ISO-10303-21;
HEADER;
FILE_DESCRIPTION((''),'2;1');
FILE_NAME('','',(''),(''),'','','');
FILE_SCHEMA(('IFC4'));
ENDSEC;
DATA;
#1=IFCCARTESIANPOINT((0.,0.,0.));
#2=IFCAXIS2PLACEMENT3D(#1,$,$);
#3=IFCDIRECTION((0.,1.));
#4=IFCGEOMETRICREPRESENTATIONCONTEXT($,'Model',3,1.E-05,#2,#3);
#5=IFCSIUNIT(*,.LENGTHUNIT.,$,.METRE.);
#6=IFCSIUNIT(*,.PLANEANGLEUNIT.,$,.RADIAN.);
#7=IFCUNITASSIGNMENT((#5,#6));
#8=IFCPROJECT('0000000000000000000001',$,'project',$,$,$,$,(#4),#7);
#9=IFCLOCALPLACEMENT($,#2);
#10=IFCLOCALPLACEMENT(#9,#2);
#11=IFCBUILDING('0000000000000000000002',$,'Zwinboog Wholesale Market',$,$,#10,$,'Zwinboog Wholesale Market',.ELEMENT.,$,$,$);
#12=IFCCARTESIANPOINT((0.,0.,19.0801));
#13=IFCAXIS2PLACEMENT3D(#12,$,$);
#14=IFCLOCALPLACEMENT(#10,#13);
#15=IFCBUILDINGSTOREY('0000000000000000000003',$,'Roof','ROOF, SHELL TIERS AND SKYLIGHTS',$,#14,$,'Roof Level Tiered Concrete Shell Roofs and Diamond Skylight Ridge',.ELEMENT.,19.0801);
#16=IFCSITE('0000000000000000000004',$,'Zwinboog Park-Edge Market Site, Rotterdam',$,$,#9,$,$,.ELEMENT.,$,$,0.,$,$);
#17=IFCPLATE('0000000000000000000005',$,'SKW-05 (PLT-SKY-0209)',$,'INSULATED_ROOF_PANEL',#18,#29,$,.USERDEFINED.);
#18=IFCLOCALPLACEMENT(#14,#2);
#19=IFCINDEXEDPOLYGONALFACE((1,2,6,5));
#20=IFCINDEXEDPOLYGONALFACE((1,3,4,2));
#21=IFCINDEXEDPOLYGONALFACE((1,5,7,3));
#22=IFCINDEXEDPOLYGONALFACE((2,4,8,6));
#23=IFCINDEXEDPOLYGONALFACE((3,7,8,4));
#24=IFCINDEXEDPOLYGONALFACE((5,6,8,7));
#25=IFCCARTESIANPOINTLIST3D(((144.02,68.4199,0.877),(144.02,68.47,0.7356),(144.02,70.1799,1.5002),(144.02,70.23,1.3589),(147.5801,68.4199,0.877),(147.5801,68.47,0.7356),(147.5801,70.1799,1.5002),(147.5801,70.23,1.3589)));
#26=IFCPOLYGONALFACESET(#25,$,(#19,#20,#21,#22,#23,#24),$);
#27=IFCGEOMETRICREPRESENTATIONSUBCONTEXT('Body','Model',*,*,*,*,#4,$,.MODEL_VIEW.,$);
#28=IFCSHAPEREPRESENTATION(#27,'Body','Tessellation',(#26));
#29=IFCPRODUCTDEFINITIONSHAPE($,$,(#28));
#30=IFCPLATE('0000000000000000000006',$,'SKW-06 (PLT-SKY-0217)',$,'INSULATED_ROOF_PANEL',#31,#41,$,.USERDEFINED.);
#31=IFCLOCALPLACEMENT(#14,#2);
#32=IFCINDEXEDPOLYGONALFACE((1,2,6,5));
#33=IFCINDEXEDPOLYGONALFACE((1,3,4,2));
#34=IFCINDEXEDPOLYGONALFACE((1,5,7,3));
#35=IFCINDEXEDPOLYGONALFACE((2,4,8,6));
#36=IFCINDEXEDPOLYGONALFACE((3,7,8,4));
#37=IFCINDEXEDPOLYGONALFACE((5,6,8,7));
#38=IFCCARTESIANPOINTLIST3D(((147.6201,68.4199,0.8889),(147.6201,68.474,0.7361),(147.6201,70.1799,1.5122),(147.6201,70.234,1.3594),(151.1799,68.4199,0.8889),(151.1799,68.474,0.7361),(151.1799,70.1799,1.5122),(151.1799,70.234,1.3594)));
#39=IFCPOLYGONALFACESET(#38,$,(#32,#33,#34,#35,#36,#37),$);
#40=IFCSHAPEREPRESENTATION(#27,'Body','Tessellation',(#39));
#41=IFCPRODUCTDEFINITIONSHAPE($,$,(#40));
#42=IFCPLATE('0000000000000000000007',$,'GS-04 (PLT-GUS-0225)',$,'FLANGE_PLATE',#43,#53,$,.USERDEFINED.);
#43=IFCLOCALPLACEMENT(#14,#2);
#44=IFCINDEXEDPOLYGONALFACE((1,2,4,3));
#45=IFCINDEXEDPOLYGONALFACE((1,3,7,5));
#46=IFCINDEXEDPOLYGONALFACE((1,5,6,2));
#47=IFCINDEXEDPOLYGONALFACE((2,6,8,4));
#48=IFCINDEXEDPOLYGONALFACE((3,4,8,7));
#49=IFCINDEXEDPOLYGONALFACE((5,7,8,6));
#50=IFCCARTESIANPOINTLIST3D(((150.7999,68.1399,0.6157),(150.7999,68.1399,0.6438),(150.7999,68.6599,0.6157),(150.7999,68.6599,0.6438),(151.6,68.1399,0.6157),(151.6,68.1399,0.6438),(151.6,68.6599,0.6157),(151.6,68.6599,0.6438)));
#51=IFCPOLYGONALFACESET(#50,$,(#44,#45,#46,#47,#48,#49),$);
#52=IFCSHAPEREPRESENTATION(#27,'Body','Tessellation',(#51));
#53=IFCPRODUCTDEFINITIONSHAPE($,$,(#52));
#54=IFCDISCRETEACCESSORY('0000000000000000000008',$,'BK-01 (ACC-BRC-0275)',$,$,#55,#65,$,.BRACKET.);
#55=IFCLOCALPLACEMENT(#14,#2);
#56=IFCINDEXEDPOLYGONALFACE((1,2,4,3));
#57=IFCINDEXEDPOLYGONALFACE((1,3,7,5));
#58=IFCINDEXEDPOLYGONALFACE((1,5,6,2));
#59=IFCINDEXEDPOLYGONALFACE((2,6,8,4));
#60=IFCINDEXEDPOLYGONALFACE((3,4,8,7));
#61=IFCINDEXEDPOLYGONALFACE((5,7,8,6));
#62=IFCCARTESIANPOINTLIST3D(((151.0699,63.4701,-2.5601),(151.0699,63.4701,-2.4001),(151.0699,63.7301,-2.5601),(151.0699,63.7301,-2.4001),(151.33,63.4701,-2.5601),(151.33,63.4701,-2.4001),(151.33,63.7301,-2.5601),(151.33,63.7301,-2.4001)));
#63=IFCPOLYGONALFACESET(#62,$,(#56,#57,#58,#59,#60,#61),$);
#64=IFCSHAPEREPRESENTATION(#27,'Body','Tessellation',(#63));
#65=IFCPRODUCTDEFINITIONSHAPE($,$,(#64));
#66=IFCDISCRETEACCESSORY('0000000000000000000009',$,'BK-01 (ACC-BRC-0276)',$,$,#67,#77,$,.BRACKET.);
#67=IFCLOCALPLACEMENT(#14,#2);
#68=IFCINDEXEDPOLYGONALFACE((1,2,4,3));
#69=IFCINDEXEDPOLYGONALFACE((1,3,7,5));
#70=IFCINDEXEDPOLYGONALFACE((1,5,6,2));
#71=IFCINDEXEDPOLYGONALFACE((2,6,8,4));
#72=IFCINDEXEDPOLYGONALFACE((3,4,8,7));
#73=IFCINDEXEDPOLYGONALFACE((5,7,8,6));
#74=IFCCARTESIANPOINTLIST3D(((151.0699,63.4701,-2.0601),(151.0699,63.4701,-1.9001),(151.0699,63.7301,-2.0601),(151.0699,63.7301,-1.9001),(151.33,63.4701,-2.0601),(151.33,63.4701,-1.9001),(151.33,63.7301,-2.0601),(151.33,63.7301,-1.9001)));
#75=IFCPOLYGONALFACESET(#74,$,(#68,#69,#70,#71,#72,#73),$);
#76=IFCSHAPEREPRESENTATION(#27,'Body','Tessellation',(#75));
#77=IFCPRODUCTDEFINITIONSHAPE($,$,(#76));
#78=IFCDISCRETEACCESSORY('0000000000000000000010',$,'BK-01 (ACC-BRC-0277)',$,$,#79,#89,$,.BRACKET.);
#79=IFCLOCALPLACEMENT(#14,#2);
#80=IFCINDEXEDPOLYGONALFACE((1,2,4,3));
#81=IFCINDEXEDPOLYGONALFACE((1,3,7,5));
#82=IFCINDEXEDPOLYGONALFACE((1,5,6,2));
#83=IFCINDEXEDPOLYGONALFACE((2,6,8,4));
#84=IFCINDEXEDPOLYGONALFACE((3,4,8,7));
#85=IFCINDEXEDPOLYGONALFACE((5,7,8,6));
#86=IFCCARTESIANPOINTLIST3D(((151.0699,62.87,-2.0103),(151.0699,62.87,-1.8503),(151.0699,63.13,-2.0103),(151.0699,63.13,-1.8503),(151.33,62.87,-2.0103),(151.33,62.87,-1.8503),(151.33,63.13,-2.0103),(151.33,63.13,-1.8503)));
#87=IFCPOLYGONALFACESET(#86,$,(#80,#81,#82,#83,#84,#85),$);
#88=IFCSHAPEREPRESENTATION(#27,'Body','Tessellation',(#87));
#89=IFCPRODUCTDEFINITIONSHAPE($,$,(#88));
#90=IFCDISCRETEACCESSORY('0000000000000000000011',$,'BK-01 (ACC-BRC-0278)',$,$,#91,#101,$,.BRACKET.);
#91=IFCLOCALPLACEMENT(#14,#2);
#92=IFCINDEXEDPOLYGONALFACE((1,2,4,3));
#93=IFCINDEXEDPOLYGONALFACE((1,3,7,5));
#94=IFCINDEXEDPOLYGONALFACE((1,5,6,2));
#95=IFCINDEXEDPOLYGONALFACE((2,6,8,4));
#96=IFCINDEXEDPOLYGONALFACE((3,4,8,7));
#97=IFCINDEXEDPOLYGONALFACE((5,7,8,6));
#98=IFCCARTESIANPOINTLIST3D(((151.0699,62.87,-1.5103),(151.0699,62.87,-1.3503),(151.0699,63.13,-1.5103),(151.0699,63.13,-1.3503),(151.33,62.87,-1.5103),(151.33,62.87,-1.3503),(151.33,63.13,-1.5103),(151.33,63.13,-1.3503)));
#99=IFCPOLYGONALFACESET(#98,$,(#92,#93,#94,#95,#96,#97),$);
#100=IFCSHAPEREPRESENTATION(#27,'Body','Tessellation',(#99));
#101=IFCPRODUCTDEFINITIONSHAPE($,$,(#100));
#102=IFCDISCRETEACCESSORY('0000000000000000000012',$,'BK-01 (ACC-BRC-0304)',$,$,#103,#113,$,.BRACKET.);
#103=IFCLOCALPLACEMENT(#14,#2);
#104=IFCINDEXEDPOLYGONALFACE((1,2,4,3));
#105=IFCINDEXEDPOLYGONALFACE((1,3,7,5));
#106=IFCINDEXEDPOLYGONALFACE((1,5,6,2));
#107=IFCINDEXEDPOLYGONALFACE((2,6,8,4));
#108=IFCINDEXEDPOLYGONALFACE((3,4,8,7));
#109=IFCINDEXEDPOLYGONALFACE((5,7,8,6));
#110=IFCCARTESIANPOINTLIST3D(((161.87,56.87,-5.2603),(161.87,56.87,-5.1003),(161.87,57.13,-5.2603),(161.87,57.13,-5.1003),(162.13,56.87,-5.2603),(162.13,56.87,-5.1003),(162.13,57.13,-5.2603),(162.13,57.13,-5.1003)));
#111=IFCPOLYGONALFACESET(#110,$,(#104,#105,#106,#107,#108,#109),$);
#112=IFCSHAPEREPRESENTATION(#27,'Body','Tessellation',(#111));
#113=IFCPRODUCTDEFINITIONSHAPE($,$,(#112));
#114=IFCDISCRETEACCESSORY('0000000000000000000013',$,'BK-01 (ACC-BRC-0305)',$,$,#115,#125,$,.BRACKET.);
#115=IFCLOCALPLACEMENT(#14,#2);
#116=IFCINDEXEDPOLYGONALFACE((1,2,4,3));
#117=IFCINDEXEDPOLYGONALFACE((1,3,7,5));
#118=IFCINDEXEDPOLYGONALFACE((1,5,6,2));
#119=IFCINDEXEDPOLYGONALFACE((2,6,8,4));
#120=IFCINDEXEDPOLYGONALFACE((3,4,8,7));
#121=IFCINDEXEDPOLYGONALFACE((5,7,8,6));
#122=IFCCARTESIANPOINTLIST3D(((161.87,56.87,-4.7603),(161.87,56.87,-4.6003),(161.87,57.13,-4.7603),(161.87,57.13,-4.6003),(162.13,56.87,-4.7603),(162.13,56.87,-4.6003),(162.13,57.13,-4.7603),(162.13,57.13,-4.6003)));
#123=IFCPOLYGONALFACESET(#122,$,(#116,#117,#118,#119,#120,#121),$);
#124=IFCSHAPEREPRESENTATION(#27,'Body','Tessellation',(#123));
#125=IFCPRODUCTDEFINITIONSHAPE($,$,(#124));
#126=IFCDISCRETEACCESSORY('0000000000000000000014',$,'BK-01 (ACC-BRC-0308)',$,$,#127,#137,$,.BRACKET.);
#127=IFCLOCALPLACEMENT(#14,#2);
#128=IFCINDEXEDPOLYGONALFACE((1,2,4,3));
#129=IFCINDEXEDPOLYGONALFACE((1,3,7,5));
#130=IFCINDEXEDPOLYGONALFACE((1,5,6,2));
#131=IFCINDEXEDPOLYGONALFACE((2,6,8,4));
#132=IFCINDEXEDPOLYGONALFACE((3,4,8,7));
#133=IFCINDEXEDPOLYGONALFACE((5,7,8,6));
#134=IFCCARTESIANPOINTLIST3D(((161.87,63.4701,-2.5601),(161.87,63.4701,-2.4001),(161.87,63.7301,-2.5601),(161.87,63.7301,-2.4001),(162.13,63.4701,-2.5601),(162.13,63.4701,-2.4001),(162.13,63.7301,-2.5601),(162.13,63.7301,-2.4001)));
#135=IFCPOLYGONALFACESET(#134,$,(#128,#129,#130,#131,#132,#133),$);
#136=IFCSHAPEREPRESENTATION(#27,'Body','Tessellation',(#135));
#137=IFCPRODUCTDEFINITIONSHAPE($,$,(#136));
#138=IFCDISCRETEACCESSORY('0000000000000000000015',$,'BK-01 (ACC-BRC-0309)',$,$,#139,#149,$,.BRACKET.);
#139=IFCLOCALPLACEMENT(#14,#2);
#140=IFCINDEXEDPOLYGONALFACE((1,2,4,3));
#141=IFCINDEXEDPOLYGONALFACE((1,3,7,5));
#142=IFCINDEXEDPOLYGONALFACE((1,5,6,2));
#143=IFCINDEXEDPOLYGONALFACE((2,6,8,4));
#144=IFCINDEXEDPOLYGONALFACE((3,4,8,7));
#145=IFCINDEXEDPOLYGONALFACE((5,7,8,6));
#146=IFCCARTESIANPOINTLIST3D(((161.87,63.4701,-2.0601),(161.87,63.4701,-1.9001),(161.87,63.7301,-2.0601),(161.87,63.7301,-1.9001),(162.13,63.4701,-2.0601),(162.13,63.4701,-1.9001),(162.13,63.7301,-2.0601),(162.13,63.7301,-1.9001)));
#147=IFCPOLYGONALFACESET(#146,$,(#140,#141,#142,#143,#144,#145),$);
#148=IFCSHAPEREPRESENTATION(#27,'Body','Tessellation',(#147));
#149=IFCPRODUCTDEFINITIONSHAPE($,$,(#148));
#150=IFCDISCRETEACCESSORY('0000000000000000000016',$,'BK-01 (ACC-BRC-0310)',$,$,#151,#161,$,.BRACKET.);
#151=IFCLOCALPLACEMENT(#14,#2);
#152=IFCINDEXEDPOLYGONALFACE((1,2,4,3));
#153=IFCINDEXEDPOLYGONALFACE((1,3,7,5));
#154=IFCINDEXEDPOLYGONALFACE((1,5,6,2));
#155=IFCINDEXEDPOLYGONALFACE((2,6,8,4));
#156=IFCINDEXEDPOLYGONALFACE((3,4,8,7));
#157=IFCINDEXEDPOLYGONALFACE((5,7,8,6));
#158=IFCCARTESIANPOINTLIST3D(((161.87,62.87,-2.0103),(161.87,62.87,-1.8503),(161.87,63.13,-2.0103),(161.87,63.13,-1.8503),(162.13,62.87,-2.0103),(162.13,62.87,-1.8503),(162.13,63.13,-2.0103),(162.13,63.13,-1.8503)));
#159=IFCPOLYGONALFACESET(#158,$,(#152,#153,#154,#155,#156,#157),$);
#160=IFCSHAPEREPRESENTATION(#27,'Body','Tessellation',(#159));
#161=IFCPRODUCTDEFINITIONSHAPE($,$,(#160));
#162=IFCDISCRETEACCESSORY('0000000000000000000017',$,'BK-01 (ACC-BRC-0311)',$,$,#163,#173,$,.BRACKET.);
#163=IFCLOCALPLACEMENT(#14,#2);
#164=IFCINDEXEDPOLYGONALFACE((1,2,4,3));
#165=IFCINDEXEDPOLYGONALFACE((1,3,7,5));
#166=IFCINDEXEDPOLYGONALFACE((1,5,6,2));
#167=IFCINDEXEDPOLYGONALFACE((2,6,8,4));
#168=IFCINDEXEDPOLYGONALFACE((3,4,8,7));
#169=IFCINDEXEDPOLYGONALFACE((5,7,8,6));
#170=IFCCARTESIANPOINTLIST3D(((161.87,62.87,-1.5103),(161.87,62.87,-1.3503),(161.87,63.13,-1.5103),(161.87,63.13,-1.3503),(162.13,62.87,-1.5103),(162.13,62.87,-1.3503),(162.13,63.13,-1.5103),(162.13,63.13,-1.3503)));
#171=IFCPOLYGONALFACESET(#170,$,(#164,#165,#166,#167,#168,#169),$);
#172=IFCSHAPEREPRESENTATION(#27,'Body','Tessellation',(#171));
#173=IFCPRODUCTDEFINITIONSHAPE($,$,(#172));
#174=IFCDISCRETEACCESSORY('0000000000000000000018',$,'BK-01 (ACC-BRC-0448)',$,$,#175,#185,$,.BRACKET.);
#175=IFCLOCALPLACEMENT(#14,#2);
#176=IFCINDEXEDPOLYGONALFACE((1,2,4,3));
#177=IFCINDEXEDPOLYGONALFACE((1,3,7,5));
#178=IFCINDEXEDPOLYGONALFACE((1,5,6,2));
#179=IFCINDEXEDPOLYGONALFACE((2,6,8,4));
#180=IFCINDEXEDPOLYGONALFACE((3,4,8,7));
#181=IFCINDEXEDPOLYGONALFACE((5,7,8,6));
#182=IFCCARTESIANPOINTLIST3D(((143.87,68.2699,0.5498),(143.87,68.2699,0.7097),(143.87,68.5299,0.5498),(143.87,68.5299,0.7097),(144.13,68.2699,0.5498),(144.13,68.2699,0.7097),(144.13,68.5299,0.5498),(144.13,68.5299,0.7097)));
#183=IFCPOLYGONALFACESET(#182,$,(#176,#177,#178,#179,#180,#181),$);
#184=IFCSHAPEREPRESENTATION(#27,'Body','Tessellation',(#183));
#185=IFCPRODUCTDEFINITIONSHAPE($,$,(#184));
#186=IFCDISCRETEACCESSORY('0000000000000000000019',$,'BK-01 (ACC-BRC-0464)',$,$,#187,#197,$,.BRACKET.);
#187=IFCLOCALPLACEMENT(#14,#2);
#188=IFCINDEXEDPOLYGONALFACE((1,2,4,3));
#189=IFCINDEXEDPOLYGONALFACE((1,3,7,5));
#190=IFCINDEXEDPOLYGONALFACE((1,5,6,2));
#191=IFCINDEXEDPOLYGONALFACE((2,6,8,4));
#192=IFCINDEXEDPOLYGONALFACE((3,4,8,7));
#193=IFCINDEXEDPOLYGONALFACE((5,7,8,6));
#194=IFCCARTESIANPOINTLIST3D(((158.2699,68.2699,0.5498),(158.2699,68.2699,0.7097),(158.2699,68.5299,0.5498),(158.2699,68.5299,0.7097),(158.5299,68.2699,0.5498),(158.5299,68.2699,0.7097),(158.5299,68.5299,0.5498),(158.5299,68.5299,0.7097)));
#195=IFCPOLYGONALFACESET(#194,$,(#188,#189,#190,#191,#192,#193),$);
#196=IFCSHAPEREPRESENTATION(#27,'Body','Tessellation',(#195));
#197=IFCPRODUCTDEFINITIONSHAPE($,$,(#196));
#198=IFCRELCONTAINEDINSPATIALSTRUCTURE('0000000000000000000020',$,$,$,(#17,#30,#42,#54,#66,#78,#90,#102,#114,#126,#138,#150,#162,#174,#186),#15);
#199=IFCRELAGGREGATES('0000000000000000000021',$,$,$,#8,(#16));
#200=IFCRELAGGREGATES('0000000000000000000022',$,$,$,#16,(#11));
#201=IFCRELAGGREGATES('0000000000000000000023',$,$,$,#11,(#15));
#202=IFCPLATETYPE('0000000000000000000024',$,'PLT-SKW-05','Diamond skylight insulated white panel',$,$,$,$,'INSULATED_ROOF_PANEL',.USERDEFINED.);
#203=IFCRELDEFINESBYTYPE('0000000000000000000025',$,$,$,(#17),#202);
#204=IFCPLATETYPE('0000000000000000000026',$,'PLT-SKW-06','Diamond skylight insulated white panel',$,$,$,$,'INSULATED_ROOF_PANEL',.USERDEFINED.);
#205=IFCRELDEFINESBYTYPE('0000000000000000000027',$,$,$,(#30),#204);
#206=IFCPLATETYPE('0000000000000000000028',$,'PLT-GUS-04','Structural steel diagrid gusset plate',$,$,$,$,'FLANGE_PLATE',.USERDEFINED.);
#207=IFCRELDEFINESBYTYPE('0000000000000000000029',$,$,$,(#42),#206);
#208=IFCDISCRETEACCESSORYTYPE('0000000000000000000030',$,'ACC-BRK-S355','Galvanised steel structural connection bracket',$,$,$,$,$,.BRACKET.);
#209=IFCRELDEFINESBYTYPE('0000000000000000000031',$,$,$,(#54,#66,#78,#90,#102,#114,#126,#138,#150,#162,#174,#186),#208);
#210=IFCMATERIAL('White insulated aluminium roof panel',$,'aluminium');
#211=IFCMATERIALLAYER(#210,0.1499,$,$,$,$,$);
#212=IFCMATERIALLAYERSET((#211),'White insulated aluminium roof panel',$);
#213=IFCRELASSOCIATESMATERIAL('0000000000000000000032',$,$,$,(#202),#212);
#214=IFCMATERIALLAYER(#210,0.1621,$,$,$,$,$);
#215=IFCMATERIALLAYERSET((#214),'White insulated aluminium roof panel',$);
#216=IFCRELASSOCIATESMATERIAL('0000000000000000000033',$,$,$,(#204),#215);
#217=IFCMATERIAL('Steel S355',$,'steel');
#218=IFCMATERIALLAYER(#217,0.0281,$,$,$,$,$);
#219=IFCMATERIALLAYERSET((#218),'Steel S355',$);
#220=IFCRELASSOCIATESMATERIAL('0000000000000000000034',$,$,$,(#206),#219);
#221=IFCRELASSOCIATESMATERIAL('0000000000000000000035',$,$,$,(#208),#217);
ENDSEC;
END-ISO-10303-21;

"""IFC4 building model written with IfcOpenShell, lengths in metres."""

from ifc_helpers import new_model, si_unit, direction, frame, origin, origin_2d, place, context, subcontext, project, spatial, polyline, rectangle, outline, extrude, material, layer, layer_set, type_object, element, save


model = new_model("IFC4")

# Units and contexts
model_context = context("Model", 3, precision=1e-05, world=origin(), true_north=direction((0.0, 1.0)))
body_context = subcontext(model_context, "Body", "Model", "MODEL_VIEW")
ifc_project = project(units=[si_unit("LENGTHUNIT", "METRE"), si_unit("PLANEANGLEUNIT", "RADIAN")], contexts=[model_context])

# Site, building, storey
site_placement = place(None, origin())
site = spatial("IfcSite", under=ifc_project, at=site_placement, Name="Zwinboog Park-Edge Market Site, Rotterdam", CompositionType="ELEMENT", RefElevation=0.0)
building_placement = place(site_placement, origin())
building = spatial("IfcBuilding", under=site, at=building_placement, Name="Zwinboog Wholesale Market", LongName="Zwinboog Wholesale Market", CompositionType="ELEMENT")
storey_placement = place(building_placement, frame((0.0, 0.0, 19.0801)))
storey = spatial("IfcBuildingStorey", under=building, at=storey_placement, Name="Roof", Description="ROOF, SHELL TIERS AND SKYLIGHTS", LongName="Roof Level Tiered Concrete Shell Roofs and Diamond Skylight Ridge", CompositionType="ELEMENT", Elevation=19.0801)

# Shared definitions
ifc_material_1 = material(Name="Steel S355", Category="steel")

# Plates
ifc_material_2 = material(Name="White insulated aluminium roof panel", Category="aluminium")
ifc_layer_1 = layer(ifc_material_2, 0.1499)
ifc_layer_set_1 = layer_set([ifc_layer_1], Name="White insulated aluminium roof panel")
plate_type_1 = type_object("IfcPlateType", Name="PLT-SKW-05", Description="Diamond skylight insulated white panel", ElementType="INSULATED_ROOF_PANEL", PredefinedType="USERDEFINED", material=ifc_layer_set_1)
plate_1_placement = place(storey_placement, frame((144.02, 68.4199, 0.877), z_axis=(0.0, -0.333825, 0.942635), x_axis=(1.0, 0.0, 0.0)))
element("IfcPlate", 1, at=plate_1_placement, inside=storey, type_object=plate_type_1, Name="SKW-05 (PLT-SKY-0209)", ObjectType="INSULATED_ROOF_PANEL", PredefinedType="USERDEFINED", context=body_context, shape_type="SweptSolid", body=[
    extrude(outline(polyline([(0.0, 0.0), (3.5601, 0.0), (3.5601, 1.8671), (0.0, 1.8671), (0.0, 0.0)])), origin(), (0.0, 0.0, -1.0), 0.1499),
])
ifc_layer_2 = layer(ifc_material_2, 0.1621)
ifc_layer_set_2 = layer_set([ifc_layer_2], Name="White insulated aluminium roof panel")
plate_type_2 = type_object("IfcPlateType", Name="PLT-SKW-06", Description="Diamond skylight insulated white panel", ElementType="INSULATED_ROOF_PANEL", PredefinedType="USERDEFINED", material=ifc_layer_set_2)
plate_2_placement = place(storey_placement, frame((147.6201, 68.4199, 0.8889), z_axis=(0.0, -0.333825, 0.942635), x_axis=(1.0, 0.0, 0.0)))
element("IfcPlate", 2, at=plate_2_placement, inside=storey, type_object=plate_type_2, Name="SKW-06 (PLT-SKY-0217)", ObjectType="INSULATED_ROOF_PANEL", PredefinedType="USERDEFINED", context=body_context, shape_type="SweptSolid", body=[
    extrude(outline(polyline([(0.0, 0.0), (3.5598, 0.0), (3.5598, 1.8671), (0.0, 1.8671), (0.0, 0.0)])), origin(), (0.0, 0.0, -1.0), 0.1621),
])
ifc_layer_3 = layer(ifc_material_1, 0.0281)
ifc_layer_set_3 = layer_set([ifc_layer_3], Name="Steel S355")
plate_type_3 = type_object("IfcPlateType", Name="PLT-GUS-04", Description="Structural steel diagrid gusset plate", ElementType="FLANGE_PLATE", PredefinedType="USERDEFINED", material=ifc_layer_set_3)
plate_3_placement = place(storey_placement, frame((151.2, 68.3999, 0.6157), z_axis=(0.0, 0.0, 1.0), x_axis=(1.0, 0.0, 0.0)))
element("IfcPlate", 3, at=plate_3_placement, inside=storey, type_object=plate_type_3, Name="GS-04 (PLT-GUS-0225)", ObjectType="FLANGE_PLATE", PredefinedType="USERDEFINED", context=body_context, shape_type="SweptSolid", body=[
    extrude(rectangle(XDim=0.8, YDim=0.52, at=origin_2d()), origin(), (0.0, 0.0, 1.0), 0.0281),
])

# Discrete accessories
discrete_accessory_type = type_object("IfcDiscreteAccessoryType", Name="ACC-BRK-S355", Description="Galvanised steel structural connection bracket", PredefinedType="BRACKET", material=ifc_material_1)
for number, where, z_axis, x_axis, name in (
    (4, (151.2, 63.6001, -2.5601), (0.0, 0.0, 1.0), (1.0, 0.0, 0.0), "BK-01 (ACC-BRC-0275)"),
    (5, (151.2, 63.6001, -2.0601), (0.0, 0.0, 1.0), (1.0, 0.0, 0.0), "BK-01 (ACC-BRC-0276)"),
    (6, (151.2, 63.0, -2.0103), (0.0, 0.0, 1.0), (1.0, 0.0, 0.0), "BK-01 (ACC-BRC-0277)"),
    (7, (151.2, 63.0, -1.5103), (0.0, 0.0, 1.0), (1.0, 0.0, 0.0), "BK-01 (ACC-BRC-0278)"),
    (8, (162.0, 57.0, -5.2603), (0.0, 0.0, 1.0), (1.0, 0.0, 0.0), "BK-01 (ACC-BRC-0304)"),
    (9, (162.0, 57.0, -4.7603), (0.0, 0.0, 1.0), (1.0, 0.0, 0.0), "BK-01 (ACC-BRC-0305)"),
    (10, (162.0, 63.6001, -2.5601), (0.0, 0.0, 1.0), (1.0, 0.0, 0.0), "BK-01 (ACC-BRC-0308)"),
    (11, (162.0, 63.6001, -2.0601), (0.0, 0.0, 1.0), (1.0, 0.0, 0.0), "BK-01 (ACC-BRC-0309)"),
    (12, (162.0, 63.0, -2.0103), (0.0, 0.0, 1.0), (1.0, 0.0, 0.0), "BK-01 (ACC-BRC-0310)"),
    (13, (162.0, 63.0, -1.5103), (0.0, 0.0, 1.0), (1.0, 0.0, 0.0), "BK-01 (ACC-BRC-0311)"),
    (14, (144.0, 68.3999, 0.5498), (0.0, 0.0, 1.0), (1.0, 0.0, 0.0), "BK-01 (ACC-BRC-0448)"),
    (15, (158.3999, 68.3999, 0.5498), (0.0, 0.0, 1.0), (1.0, 0.0, 0.0), "BK-01 (ACC-BRC-0464)"),
):
    element("IfcDiscreteAccessory", number, at=place(storey_placement, frame(where, z_axis=z_axis, x_axis=x_axis)), inside=storey, type_object=discrete_accessory_type, Name=name, PredefinedType="BRACKET", context=body_context, shape_type="SweptSolid", body=[
        extrude(rectangle(XDim=0.26, YDim=0.26, at=origin_2d()), origin(), (0.0, 0.0, 1.0), 0.1599),
    ])

save(model, "model.ifc")
